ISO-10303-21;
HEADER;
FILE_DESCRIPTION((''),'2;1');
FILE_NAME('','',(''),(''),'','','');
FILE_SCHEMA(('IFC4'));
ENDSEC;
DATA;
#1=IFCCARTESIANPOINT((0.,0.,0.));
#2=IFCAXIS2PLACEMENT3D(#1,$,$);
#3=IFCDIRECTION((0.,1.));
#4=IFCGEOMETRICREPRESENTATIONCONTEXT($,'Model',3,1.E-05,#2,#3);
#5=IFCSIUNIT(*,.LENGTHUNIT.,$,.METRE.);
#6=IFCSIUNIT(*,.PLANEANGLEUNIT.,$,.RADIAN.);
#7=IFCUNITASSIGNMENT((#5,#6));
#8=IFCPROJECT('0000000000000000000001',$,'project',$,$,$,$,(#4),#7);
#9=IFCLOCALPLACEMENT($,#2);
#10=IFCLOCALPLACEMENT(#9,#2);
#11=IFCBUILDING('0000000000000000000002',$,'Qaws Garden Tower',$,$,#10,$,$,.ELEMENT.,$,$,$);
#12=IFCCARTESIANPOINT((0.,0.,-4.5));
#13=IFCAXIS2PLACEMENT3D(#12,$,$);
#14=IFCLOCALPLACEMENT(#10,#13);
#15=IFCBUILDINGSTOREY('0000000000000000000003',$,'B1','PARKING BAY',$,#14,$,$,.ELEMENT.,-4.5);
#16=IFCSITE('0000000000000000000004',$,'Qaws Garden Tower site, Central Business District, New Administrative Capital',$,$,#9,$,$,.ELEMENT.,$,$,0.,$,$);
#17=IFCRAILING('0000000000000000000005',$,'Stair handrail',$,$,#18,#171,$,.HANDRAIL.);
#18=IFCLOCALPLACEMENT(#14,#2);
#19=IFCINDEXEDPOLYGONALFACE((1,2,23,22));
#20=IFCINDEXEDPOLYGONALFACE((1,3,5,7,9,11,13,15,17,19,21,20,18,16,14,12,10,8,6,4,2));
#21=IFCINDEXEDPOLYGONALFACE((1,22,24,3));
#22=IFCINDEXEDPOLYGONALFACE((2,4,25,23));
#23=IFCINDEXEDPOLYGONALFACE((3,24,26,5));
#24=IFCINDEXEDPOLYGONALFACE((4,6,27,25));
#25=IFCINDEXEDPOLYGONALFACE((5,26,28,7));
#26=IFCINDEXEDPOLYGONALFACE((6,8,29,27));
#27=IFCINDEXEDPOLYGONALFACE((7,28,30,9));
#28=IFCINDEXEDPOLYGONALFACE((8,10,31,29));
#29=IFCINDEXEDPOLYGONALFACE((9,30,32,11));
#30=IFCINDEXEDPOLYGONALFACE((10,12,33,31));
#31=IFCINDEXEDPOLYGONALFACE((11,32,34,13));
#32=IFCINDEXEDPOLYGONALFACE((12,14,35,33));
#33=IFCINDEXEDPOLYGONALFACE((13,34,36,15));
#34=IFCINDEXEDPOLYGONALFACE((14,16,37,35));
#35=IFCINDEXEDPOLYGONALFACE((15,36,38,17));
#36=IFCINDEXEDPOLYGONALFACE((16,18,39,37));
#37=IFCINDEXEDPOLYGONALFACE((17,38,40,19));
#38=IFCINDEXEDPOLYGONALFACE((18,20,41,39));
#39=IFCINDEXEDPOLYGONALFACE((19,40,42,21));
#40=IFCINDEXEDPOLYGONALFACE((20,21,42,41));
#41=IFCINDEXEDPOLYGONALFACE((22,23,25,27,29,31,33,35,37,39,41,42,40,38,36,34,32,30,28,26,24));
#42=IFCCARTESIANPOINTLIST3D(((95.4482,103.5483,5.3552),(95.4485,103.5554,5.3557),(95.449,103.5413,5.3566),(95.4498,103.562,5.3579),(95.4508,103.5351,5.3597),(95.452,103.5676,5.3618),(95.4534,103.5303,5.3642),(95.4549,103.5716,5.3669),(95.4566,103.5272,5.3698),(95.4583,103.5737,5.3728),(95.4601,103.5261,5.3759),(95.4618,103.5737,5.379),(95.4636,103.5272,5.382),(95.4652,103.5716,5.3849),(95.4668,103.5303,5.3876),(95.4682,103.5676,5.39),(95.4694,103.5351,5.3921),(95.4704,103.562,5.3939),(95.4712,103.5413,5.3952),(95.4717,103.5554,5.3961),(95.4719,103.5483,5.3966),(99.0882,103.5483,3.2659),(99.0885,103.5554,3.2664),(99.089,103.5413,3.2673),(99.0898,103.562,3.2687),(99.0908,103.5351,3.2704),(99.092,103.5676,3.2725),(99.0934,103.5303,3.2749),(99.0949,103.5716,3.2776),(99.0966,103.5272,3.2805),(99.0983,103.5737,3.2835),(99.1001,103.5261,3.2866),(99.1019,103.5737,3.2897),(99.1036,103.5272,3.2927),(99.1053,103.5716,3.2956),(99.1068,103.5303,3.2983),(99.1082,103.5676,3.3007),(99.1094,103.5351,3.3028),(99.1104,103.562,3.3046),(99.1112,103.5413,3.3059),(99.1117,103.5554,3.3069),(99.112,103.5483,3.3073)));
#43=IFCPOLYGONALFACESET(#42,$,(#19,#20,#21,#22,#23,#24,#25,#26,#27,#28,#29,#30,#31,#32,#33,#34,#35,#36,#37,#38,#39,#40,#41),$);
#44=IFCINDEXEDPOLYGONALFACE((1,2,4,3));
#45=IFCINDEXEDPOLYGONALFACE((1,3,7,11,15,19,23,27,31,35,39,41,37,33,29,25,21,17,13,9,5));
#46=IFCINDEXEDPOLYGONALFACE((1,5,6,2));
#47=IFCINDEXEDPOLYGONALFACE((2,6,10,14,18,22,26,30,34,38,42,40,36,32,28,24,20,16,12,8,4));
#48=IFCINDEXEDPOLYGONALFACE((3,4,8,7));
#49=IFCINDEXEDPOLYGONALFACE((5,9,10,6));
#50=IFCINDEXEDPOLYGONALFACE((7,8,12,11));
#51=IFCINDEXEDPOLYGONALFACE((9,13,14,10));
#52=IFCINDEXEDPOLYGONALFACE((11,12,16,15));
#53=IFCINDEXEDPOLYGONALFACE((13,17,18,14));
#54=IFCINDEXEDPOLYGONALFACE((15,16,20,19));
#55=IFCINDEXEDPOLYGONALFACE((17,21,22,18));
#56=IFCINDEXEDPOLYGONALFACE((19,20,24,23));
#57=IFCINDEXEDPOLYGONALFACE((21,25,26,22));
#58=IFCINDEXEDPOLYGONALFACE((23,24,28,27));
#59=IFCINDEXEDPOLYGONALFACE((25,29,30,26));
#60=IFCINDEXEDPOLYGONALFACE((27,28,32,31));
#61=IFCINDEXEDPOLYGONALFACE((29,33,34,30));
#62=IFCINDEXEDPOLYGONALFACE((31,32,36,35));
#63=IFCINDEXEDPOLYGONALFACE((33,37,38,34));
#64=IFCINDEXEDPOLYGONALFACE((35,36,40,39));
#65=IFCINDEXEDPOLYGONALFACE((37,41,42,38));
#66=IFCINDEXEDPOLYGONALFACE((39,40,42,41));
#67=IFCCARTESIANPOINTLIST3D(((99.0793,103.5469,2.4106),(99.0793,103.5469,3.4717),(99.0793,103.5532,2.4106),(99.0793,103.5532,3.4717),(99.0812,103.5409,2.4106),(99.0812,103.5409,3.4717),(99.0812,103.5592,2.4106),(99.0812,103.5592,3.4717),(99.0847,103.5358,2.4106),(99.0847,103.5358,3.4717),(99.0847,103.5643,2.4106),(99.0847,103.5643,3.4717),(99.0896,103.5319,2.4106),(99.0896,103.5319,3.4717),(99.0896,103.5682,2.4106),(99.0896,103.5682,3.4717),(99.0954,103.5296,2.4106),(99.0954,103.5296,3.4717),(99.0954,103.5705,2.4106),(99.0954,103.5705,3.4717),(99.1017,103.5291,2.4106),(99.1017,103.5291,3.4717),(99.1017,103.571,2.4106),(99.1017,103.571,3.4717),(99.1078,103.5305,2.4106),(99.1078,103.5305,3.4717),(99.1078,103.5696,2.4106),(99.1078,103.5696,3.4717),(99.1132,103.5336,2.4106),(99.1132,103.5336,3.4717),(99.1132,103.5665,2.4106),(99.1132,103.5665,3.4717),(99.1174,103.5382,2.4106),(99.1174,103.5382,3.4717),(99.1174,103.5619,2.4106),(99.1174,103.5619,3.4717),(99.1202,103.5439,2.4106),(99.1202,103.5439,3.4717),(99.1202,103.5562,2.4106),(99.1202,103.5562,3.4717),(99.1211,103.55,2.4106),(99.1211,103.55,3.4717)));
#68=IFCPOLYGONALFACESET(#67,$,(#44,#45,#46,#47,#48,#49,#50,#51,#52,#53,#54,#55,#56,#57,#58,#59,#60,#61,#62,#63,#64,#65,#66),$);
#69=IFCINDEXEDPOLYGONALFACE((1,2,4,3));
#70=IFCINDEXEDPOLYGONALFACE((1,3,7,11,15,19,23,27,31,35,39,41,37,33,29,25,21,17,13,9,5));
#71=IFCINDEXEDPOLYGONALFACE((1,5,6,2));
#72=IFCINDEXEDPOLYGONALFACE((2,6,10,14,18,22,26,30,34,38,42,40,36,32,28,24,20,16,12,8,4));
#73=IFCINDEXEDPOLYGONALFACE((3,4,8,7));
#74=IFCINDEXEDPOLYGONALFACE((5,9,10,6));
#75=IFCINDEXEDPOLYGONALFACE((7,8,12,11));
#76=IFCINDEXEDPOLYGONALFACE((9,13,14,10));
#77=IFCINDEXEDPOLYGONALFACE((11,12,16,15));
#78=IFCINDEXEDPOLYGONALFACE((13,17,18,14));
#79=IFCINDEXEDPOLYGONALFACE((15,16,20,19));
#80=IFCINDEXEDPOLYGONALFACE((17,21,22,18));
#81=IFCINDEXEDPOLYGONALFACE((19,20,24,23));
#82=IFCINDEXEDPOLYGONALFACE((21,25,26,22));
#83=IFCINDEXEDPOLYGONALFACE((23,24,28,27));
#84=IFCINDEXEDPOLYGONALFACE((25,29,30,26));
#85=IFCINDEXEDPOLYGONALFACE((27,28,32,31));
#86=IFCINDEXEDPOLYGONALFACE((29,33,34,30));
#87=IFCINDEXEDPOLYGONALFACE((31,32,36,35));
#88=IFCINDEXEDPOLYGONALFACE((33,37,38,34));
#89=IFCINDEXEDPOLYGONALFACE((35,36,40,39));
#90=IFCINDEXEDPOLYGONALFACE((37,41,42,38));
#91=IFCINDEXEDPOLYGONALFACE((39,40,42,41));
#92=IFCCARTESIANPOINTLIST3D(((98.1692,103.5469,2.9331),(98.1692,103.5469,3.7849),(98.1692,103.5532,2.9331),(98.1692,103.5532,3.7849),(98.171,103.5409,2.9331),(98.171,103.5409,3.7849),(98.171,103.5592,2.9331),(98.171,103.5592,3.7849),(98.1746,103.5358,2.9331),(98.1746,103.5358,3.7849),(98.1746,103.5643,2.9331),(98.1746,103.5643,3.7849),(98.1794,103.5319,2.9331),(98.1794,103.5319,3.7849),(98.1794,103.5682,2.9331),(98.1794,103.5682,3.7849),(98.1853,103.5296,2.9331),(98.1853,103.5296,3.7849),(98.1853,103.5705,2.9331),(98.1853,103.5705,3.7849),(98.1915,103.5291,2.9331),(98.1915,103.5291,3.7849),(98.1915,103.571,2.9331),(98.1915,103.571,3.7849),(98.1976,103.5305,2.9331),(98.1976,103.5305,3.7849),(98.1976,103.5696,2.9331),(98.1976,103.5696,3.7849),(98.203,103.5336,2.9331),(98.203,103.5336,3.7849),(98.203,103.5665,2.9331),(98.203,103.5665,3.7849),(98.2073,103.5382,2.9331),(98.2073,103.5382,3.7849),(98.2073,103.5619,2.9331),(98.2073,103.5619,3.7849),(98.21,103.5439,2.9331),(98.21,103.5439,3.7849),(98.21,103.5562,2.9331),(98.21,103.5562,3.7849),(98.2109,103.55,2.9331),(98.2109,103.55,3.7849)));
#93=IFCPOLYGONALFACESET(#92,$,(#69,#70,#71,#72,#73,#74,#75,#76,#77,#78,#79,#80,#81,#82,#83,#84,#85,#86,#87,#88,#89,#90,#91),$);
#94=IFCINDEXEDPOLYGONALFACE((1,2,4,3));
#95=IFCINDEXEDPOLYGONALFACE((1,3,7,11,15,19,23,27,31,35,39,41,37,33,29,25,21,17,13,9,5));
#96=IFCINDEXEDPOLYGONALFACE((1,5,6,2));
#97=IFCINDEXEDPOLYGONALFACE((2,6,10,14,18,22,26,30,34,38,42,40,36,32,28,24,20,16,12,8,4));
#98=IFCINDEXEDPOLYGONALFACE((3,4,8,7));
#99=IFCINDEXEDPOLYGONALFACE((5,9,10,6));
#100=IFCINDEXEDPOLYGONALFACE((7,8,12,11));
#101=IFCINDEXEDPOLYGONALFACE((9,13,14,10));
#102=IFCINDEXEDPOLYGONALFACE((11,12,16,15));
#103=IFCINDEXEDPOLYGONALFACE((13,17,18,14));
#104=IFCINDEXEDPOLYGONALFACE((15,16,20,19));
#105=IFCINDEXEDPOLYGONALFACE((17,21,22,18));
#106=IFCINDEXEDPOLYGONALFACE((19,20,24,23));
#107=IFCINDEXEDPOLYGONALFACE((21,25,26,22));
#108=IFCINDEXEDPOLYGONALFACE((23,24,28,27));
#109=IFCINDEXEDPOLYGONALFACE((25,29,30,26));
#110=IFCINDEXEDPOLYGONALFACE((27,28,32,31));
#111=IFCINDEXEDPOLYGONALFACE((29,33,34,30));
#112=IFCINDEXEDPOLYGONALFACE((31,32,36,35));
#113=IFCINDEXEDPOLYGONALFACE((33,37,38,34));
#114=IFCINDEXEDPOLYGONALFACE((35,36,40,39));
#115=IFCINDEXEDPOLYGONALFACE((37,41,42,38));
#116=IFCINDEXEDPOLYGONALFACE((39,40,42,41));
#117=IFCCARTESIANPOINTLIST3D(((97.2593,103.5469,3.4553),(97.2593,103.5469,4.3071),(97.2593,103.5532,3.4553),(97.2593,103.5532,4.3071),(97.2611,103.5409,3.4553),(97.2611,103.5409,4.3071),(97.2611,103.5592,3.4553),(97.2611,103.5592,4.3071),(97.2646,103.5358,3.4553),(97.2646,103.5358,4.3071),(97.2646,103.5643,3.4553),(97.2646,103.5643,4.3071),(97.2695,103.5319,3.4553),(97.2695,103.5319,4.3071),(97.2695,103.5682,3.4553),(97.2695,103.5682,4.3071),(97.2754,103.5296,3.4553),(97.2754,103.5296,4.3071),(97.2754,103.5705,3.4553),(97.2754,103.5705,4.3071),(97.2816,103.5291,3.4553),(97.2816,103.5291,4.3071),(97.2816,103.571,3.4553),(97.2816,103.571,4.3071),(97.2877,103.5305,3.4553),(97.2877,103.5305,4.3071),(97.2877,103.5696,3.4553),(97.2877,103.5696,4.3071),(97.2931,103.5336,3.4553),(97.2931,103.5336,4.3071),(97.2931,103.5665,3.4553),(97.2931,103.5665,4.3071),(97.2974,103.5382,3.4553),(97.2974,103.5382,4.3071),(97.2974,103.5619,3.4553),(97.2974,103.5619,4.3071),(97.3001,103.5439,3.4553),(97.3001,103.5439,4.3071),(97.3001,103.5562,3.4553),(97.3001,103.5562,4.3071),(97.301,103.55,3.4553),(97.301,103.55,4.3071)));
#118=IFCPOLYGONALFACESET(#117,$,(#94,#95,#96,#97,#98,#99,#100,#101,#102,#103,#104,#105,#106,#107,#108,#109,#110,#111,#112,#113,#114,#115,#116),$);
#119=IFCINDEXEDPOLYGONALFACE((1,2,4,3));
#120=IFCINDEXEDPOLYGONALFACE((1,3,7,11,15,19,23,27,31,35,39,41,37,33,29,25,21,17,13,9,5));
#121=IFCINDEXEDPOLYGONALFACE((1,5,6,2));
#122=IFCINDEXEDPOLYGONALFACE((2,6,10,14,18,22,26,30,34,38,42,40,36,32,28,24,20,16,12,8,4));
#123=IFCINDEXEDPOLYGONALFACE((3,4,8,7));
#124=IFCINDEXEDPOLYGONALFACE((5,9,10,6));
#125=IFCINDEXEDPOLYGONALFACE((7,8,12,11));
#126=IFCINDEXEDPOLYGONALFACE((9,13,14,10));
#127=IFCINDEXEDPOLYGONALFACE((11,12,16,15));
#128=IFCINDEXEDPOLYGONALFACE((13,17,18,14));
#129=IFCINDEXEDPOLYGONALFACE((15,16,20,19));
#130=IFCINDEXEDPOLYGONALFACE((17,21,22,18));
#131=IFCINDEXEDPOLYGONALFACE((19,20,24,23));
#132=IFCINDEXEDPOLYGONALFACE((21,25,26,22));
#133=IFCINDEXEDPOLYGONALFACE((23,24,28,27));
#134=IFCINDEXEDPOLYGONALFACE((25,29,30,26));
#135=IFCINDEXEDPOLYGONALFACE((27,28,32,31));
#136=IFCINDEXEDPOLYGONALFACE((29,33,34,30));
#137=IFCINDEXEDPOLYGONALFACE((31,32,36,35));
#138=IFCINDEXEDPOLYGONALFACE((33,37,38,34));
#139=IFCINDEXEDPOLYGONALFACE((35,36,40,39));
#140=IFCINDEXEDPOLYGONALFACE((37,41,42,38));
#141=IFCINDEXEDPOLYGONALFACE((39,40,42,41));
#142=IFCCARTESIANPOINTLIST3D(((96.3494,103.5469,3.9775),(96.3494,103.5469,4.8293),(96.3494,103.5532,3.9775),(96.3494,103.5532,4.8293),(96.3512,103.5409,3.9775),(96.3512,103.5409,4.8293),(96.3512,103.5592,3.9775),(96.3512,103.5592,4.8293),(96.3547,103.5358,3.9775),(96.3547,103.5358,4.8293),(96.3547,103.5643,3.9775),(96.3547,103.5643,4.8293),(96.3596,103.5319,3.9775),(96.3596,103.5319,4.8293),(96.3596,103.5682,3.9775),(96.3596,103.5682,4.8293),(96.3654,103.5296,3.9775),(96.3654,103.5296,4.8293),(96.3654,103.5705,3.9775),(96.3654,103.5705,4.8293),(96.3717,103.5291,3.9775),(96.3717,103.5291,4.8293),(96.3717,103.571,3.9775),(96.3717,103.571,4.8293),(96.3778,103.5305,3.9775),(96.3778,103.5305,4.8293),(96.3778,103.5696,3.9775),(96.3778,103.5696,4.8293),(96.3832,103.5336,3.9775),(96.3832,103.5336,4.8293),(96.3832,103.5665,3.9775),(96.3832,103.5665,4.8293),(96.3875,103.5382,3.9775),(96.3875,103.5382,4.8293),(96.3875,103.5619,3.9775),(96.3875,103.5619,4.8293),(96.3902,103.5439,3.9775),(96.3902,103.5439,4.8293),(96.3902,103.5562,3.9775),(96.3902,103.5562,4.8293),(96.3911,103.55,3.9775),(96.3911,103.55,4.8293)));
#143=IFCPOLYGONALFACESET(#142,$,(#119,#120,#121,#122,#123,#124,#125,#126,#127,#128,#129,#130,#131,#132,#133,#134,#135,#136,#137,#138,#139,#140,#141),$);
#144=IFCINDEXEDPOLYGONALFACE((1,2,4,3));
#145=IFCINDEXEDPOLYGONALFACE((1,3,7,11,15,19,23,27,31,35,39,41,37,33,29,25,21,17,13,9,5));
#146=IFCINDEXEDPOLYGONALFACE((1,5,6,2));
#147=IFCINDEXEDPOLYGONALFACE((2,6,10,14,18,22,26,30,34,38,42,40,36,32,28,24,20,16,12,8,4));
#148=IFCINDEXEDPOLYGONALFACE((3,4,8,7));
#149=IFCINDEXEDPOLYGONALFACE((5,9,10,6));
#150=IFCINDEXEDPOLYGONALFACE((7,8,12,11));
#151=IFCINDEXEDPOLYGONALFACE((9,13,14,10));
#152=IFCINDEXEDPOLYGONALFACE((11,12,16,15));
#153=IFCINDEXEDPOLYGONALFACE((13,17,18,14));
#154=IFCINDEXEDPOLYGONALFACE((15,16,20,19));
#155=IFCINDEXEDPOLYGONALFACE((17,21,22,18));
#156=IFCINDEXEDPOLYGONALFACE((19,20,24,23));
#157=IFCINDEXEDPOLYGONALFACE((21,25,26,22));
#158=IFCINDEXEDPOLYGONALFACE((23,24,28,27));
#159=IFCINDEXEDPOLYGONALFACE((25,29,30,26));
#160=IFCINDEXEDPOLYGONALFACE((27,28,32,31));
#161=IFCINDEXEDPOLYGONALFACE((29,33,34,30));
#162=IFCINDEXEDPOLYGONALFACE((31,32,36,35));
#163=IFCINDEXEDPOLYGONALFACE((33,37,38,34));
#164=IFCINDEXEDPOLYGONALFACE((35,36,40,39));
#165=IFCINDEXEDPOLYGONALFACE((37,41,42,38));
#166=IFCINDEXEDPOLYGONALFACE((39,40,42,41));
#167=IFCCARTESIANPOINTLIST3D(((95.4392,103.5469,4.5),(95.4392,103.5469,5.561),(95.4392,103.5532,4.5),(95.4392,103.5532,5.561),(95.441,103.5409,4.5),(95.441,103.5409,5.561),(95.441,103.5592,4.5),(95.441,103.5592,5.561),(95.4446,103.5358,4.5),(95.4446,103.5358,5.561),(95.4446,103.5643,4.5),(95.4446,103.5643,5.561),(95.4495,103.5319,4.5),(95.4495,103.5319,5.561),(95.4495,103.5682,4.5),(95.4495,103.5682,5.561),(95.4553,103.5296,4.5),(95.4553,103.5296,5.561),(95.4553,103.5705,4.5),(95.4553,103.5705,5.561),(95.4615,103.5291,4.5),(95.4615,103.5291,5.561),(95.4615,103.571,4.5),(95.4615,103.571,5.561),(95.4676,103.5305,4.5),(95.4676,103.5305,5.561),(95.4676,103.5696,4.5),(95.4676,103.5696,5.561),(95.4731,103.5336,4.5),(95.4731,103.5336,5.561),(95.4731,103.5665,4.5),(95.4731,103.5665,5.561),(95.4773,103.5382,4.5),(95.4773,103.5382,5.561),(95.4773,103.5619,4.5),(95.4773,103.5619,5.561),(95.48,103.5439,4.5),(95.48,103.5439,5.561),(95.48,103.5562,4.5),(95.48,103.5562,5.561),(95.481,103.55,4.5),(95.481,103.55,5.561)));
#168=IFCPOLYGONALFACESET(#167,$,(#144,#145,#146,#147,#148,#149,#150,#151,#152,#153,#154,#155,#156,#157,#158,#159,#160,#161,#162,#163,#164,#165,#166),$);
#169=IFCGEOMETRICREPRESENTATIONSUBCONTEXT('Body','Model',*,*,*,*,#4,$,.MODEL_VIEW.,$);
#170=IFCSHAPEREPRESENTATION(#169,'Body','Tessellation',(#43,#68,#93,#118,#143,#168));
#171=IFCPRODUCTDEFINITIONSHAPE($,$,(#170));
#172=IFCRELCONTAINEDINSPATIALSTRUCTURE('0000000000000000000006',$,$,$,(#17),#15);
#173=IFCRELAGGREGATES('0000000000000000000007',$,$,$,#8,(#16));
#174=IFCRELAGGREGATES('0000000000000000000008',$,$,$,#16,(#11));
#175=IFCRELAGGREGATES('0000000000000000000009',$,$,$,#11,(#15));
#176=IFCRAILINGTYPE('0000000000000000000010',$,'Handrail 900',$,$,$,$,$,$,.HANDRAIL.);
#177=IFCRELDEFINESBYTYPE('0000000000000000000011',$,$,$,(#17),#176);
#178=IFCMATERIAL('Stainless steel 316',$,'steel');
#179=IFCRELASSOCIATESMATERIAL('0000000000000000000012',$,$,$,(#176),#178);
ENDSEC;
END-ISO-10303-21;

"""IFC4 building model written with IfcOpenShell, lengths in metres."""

from ifc_helpers import new_model, si_unit, direction, frame, origin, origin_2d, place, context, subcontext, project, spatial, circle, extrude, material, type_object, element, save


model = new_model("IFC4")

# Units and contexts
model_context = context("Model", 3, precision=1e-05, world=origin(), true_north=direction((0.0, 1.0)))
body_context = subcontext(model_context, "Body", "Model", "MODEL_VIEW")
ifc_project = project(units=[si_unit("LENGTHUNIT", "METRE"), si_unit("PLANEANGLEUNIT", "RADIAN")], contexts=[model_context])

# Site, building, storey
site_placement = place(None, origin())
site = spatial("IfcSite", under=ifc_project, at=site_placement, Name="Qaws Garden Tower site, Central Business District, New Administrative Capital", CompositionType="ELEMENT", RefElevation=0.0)
building_placement = place(site_placement, origin())
building = spatial("IfcBuilding", under=site, at=building_placement, Name="Qaws Garden Tower", CompositionType="ELEMENT")
storey_placement = place(building_placement, frame((0.0, 0.0, -4.5)))
storey = spatial("IfcBuildingStorey", under=building, at=storey_placement, Name="B1", Description="PARKING BAY", CompositionType="ELEMENT", Elevation=-4.5)

# Railing
ifc_material_1 = material(Name="Stainless steel 316", Category="steel")
railing_type_1 = type_object("IfcRailingType", Name="Handrail 900", PredefinedType="HANDRAIL", material=ifc_material_1)
for number, where, name in (
    (1, (99.1001, 103.55, 2.4106), "Stair handrail"),
):
    element("IfcRailing", number, at=place(storey_placement, frame(where)), inside=storey, type_object=railing_type_1, Name=name, PredefinedType="HANDRAIL", context=body_context, shape_type="SweptSolid", body=[
        extrude(circle(Radius=0.0239, at=origin_2d()), frame((0.0, 0.0, 0.876), z_axis=(-0.867289, 0.0, 0.497804), x_axis=(0.0, -1.0, 0.0)), (0.0, 0.0, 1.0), 4.197),
        extrude(circle(Radius=0.021, at=origin_2d()), origin(), (0.0, 0.0, 1.0), 1.061),
        extrude(circle(Radius=0.021, at=origin_2d()), frame((-0.9102, 0.0, 0.5225)), (0.0, 0.0, 1.0), 0.8518),
        extrude(circle(Radius=0.021, at=origin_2d()), frame((-1.8201, 0.0, 1.0447)), (0.0, 0.0, 1.0), 0.8518),
        extrude(circle(Radius=0.021, at=origin_2d()), frame((-2.73, 0.0, 1.5669)), (0.0, 0.0, 1.0), 0.8518),
        extrude(circle(Radius=0.021, at=origin_2d()), frame((-3.6401, 0.0, 2.0894)), (0.0, 0.0, 1.0), 1.061),
    ])

save(model, "model.ifc")
